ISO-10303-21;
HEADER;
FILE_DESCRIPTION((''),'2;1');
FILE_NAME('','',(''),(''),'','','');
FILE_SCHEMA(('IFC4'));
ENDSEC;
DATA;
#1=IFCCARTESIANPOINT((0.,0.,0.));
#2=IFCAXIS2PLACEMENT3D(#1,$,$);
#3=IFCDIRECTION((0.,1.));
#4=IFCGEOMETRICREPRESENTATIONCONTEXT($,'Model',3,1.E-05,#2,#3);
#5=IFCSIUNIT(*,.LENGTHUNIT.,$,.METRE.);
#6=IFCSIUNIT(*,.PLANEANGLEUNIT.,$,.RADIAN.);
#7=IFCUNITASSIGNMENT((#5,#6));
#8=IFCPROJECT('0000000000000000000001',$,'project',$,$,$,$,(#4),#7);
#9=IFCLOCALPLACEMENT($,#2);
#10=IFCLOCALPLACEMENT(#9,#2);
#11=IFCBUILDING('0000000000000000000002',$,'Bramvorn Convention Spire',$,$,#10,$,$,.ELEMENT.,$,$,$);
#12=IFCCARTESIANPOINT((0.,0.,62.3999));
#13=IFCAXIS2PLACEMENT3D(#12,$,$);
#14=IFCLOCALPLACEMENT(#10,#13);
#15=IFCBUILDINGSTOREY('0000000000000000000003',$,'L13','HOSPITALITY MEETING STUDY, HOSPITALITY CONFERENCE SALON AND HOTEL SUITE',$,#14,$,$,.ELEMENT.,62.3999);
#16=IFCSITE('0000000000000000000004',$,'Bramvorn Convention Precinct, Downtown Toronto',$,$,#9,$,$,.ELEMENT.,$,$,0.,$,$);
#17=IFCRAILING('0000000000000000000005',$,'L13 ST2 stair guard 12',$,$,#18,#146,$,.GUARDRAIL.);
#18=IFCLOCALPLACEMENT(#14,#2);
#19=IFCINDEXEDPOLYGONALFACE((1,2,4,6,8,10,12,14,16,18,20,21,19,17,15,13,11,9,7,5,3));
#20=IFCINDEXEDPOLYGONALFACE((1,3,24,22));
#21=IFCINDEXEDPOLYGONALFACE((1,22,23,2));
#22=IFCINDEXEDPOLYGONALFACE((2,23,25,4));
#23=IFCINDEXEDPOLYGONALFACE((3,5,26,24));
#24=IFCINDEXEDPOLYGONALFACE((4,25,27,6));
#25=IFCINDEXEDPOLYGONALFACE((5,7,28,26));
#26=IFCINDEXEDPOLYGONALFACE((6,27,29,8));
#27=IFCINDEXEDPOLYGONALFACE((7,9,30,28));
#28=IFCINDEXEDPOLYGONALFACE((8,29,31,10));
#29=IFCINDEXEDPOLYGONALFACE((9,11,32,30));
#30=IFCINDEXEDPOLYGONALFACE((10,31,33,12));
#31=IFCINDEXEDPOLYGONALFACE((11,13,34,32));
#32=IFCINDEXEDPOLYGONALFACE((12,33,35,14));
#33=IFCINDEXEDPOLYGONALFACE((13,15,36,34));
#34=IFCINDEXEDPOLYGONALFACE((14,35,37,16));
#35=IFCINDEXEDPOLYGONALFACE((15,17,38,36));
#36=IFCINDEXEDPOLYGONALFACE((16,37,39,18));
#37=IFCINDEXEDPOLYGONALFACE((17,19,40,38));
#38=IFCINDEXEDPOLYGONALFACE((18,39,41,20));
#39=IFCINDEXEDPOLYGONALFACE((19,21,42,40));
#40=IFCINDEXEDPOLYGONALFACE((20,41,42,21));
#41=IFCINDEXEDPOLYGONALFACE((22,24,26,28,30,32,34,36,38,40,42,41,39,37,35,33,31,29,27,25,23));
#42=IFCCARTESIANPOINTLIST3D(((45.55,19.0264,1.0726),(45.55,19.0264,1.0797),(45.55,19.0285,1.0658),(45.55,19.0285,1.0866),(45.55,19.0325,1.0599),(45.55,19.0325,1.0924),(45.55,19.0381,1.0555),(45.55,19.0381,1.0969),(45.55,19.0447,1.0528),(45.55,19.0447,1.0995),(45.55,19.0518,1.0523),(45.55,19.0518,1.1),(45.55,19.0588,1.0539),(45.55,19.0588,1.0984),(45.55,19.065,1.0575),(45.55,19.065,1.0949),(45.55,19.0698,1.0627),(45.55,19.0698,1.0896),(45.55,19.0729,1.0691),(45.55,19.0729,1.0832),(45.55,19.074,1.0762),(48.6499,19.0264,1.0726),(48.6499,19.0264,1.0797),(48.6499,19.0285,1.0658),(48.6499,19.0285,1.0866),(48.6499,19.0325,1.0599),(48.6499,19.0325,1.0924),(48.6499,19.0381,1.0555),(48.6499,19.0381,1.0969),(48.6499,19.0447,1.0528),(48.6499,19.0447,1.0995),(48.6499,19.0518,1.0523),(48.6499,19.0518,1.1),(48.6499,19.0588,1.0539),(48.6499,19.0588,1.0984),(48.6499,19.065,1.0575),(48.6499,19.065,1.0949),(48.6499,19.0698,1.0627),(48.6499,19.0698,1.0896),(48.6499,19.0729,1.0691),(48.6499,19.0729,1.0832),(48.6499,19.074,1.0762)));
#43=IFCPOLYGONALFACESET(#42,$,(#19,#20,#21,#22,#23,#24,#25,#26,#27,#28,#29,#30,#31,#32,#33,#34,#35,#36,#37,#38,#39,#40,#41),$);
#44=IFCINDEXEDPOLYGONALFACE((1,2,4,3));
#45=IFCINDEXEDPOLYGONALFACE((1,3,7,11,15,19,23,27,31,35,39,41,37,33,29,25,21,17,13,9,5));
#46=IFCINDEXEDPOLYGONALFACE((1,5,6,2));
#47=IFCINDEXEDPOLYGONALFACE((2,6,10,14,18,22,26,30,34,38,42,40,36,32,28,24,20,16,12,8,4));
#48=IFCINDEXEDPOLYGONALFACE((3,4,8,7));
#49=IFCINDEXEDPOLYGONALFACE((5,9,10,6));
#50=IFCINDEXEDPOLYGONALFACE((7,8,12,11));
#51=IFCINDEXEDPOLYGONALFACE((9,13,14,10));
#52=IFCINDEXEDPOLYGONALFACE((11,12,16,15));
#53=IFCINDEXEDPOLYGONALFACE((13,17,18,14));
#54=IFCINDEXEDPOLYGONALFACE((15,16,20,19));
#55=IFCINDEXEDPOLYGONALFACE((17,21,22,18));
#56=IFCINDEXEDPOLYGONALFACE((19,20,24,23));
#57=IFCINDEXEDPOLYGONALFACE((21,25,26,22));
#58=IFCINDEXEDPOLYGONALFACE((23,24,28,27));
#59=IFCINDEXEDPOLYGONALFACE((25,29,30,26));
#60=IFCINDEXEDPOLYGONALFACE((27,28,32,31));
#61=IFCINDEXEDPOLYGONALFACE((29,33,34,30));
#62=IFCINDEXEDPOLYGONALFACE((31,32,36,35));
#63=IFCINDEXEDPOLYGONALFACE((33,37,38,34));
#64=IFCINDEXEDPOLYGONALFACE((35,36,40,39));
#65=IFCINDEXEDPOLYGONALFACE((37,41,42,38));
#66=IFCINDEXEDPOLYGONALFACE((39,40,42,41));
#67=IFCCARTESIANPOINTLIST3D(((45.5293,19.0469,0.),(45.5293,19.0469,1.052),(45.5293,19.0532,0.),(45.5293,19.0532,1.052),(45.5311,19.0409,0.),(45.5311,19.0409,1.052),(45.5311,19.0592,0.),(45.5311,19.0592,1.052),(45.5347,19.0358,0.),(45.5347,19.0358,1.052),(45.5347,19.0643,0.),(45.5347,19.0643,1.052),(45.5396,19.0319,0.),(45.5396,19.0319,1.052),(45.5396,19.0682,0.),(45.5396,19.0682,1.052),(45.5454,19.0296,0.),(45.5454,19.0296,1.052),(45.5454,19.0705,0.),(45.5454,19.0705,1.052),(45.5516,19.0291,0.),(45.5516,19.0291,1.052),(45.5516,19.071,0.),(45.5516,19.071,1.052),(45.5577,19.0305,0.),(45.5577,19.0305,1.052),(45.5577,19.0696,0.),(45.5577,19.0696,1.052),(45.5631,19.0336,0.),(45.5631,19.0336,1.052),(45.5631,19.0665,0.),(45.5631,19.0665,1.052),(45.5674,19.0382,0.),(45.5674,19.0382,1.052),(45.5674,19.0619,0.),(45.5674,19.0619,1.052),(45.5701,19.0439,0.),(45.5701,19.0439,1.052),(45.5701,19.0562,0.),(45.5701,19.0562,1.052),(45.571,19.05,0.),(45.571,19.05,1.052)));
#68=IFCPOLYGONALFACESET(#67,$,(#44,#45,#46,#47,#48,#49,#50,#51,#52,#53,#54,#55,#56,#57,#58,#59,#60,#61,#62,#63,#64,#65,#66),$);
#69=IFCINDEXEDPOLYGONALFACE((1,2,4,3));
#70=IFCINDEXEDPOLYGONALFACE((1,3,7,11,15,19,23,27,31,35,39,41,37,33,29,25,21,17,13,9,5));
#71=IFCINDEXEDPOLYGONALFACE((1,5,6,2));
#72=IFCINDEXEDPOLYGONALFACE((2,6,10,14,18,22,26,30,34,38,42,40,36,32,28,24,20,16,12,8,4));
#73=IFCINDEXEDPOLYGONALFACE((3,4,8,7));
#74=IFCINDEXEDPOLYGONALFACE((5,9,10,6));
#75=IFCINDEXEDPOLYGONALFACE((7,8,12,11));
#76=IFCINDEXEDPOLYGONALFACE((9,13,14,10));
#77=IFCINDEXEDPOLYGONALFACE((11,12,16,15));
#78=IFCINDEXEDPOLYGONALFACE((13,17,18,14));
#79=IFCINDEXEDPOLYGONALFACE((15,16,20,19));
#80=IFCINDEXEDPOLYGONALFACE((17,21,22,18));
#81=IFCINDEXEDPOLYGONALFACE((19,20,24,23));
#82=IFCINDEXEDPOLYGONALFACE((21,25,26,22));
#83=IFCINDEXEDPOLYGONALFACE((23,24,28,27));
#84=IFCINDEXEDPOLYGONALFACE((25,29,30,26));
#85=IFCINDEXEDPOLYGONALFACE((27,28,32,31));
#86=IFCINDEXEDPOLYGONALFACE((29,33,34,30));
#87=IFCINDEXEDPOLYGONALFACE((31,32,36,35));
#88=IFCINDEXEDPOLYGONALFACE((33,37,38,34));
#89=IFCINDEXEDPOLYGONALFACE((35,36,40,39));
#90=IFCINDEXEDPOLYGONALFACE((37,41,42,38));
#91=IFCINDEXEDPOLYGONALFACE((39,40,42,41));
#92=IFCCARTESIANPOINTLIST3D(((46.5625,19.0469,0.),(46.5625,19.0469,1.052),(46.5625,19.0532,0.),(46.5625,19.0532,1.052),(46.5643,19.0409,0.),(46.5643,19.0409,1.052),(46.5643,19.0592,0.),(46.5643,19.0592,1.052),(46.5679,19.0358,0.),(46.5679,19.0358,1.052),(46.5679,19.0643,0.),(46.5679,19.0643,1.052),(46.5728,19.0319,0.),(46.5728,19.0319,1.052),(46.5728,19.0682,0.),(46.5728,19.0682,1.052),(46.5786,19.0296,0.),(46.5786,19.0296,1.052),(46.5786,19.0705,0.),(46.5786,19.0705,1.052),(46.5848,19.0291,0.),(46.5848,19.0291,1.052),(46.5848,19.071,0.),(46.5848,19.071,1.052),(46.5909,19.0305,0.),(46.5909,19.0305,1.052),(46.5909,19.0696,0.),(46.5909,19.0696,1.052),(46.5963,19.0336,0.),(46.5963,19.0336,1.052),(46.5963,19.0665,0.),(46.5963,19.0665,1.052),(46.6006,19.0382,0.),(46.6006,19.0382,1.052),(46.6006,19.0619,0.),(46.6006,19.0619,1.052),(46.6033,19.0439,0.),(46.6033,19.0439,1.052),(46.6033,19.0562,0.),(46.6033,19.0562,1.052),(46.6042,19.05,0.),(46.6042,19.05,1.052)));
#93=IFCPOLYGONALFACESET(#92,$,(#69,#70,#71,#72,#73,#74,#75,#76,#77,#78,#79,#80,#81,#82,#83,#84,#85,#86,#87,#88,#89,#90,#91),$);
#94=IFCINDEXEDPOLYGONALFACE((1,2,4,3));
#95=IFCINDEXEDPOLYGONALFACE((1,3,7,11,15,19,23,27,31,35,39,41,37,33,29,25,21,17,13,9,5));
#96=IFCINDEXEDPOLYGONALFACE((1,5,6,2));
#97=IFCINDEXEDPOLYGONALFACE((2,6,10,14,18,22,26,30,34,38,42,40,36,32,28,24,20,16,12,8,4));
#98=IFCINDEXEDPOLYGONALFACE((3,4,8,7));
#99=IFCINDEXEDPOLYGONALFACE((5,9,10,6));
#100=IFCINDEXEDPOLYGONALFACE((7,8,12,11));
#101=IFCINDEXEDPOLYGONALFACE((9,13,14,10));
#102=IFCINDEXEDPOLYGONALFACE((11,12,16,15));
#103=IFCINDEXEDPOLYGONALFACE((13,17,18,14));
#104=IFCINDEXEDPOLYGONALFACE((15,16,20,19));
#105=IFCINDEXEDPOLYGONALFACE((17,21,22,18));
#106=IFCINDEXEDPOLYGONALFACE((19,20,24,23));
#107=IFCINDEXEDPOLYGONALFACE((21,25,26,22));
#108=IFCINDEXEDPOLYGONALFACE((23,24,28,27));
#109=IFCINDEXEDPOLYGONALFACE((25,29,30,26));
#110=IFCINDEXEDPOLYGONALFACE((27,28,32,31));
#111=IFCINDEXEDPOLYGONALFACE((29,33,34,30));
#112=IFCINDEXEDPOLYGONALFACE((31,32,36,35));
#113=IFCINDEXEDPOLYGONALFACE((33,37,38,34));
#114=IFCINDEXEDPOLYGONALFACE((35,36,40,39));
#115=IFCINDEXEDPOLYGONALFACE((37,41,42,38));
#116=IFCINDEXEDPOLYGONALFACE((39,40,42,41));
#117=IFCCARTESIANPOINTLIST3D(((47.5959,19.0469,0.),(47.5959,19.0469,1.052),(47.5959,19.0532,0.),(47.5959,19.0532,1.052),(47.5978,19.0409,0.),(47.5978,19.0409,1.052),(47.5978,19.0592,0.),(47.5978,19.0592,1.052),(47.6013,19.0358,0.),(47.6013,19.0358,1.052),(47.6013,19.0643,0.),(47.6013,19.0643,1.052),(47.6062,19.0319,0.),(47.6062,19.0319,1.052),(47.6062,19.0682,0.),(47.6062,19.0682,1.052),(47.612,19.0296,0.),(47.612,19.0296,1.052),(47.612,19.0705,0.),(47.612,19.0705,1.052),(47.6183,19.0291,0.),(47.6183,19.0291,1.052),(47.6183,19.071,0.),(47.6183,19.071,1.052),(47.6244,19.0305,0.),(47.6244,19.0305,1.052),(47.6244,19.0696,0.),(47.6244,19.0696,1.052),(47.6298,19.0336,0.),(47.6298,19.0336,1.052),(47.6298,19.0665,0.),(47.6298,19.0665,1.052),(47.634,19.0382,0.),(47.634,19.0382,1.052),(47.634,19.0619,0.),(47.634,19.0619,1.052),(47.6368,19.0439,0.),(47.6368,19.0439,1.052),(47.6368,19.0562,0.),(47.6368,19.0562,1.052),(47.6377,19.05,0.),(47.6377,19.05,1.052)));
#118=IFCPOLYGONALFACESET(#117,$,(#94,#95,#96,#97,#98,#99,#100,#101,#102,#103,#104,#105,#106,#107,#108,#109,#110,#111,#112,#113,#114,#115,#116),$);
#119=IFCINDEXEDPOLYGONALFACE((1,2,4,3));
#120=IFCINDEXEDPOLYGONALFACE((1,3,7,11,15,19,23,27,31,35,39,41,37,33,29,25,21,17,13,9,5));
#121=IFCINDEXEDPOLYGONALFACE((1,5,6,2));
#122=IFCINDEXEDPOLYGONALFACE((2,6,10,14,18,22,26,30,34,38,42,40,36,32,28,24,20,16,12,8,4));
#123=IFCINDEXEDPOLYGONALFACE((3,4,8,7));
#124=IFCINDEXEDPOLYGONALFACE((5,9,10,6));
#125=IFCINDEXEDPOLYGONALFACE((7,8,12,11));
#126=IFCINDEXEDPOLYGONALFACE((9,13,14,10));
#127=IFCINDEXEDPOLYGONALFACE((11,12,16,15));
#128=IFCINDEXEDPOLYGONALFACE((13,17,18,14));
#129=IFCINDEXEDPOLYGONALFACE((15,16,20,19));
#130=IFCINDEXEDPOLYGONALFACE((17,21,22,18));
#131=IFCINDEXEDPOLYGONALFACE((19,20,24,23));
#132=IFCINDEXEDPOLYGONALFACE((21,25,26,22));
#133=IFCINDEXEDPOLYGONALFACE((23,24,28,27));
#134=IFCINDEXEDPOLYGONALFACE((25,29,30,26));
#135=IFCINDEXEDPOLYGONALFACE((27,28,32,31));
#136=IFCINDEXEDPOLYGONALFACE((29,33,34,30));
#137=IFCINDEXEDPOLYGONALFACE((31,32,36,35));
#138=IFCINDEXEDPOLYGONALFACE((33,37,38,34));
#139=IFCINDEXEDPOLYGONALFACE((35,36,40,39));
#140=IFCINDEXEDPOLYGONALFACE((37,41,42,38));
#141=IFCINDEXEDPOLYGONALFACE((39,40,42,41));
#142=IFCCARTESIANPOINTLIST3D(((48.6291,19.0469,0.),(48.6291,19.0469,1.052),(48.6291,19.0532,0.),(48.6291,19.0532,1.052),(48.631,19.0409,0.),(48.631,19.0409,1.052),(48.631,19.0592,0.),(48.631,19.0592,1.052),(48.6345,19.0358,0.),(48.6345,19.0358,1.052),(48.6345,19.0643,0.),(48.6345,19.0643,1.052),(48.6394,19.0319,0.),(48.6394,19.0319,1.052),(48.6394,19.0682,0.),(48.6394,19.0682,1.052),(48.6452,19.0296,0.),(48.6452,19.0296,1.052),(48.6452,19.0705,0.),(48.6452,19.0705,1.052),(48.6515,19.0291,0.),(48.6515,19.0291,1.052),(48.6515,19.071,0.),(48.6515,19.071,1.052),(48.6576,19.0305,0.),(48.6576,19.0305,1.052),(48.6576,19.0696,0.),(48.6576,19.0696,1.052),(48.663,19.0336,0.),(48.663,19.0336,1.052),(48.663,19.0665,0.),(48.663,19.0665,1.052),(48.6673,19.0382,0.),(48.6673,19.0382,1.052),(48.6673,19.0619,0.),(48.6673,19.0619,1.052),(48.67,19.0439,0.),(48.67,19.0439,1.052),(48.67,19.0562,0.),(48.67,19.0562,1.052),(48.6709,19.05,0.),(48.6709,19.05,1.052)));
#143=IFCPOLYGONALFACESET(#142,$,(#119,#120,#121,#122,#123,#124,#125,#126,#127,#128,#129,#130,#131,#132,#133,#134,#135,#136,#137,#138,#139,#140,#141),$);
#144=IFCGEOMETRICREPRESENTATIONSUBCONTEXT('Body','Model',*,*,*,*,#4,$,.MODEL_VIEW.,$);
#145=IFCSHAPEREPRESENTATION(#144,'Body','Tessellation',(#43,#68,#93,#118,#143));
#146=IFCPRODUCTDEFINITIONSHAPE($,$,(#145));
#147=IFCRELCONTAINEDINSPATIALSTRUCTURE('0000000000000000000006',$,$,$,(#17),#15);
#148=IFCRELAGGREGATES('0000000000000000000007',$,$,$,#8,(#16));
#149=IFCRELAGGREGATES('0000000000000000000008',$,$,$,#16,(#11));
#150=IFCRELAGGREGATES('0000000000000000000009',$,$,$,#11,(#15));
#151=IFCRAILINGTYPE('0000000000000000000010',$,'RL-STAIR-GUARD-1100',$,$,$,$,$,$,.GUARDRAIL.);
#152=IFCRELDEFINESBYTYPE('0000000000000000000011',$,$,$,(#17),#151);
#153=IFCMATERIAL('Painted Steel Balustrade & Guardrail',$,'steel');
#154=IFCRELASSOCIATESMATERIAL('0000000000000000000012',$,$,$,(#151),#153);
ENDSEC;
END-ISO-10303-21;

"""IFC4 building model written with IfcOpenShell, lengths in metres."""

from ifc_helpers import new_model, si_unit, direction, frame, origin, origin_2d, place, context, subcontext, project, spatial, circle, extrude, material, type_object, element, save


model = new_model("IFC4")

# Units and contexts
model_context = context("Model", 3, precision=1e-05, world=origin(), true_north=direction((0.0, 1.0)))
body_context = subcontext(model_context, "Body", "Model", "MODEL_VIEW")
ifc_project = project(units=[si_unit("LENGTHUNIT", "METRE"), si_unit("PLANEANGLEUNIT", "RADIAN")], contexts=[model_context])

# Site, building, storey
site_placement = place(None, origin())
site = spatial("IfcSite", under=ifc_project, at=site_placement, Name="Bramvorn Convention Precinct, Downtown Toronto", CompositionType="ELEMENT", RefElevation=0.0)
building_placement = place(site_placement, origin())
building = spatial("IfcBuilding", under=site, at=building_placement, Name="Bramvorn Convention Spire", CompositionType="ELEMENT")
storey_placement = place(building_placement, frame((0.0, 0.0, 62.3999)))
storey = spatial("IfcBuildingStorey", under=building, at=storey_placement, Name="L13", Description="HOSPITALITY MEETING STUDY, HOSPITALITY CONFERENCE SALON AND HOTEL SUITE", CompositionType="ELEMENT", Elevation=62.3999)

# Railing
ifc_material_1 = material(Name="Painted Steel Balustrade & Guardrail", Category="steel")
railing_type_1 = type_object("IfcRailingType", Name="RL-STAIR-GUARD-1100", PredefinedType="GUARDRAIL", material=ifc_material_1)
railing_1_placement = place(storey_placement, frame((45.55, 19.05, 0.0)))
element("IfcRailing", 1, at=railing_1_placement, inside=storey, type_object=railing_type_1, Name="L13 ST2 stair guard 12", PredefinedType="GUARDRAIL", context=body_context, shape_type="SweptSolid", body=[
    extrude(circle(Radius=0.0239, at=origin_2d()), frame((0.0, 0.0, 1.0762), z_axis=(1.0, 0.0, 0.0), x_axis=(0.0, 1.0, 0.0)), (0.0, 0.0, 1.0), 3.0999),
    extrude(circle(Radius=0.021, at=origin_2d()), origin(), (0.0, 0.0, 1.0), 1.052),
    extrude(circle(Radius=0.021, at=origin_2d()), frame((1.0332, 0.0, 0.0)), (0.0, 0.0, 1.0), 1.052),
    extrude(circle(Radius=0.021, at=origin_2d()), frame((2.0667, 0.0, 0.0)), (0.0, 0.0, 1.0), 1.052),
    extrude(circle(Radius=0.021, at=origin_2d()), frame((3.0999, 0.0, 0.0)), (0.0, 0.0, 1.0), 1.052),
])

save(model, "model.ifc")
